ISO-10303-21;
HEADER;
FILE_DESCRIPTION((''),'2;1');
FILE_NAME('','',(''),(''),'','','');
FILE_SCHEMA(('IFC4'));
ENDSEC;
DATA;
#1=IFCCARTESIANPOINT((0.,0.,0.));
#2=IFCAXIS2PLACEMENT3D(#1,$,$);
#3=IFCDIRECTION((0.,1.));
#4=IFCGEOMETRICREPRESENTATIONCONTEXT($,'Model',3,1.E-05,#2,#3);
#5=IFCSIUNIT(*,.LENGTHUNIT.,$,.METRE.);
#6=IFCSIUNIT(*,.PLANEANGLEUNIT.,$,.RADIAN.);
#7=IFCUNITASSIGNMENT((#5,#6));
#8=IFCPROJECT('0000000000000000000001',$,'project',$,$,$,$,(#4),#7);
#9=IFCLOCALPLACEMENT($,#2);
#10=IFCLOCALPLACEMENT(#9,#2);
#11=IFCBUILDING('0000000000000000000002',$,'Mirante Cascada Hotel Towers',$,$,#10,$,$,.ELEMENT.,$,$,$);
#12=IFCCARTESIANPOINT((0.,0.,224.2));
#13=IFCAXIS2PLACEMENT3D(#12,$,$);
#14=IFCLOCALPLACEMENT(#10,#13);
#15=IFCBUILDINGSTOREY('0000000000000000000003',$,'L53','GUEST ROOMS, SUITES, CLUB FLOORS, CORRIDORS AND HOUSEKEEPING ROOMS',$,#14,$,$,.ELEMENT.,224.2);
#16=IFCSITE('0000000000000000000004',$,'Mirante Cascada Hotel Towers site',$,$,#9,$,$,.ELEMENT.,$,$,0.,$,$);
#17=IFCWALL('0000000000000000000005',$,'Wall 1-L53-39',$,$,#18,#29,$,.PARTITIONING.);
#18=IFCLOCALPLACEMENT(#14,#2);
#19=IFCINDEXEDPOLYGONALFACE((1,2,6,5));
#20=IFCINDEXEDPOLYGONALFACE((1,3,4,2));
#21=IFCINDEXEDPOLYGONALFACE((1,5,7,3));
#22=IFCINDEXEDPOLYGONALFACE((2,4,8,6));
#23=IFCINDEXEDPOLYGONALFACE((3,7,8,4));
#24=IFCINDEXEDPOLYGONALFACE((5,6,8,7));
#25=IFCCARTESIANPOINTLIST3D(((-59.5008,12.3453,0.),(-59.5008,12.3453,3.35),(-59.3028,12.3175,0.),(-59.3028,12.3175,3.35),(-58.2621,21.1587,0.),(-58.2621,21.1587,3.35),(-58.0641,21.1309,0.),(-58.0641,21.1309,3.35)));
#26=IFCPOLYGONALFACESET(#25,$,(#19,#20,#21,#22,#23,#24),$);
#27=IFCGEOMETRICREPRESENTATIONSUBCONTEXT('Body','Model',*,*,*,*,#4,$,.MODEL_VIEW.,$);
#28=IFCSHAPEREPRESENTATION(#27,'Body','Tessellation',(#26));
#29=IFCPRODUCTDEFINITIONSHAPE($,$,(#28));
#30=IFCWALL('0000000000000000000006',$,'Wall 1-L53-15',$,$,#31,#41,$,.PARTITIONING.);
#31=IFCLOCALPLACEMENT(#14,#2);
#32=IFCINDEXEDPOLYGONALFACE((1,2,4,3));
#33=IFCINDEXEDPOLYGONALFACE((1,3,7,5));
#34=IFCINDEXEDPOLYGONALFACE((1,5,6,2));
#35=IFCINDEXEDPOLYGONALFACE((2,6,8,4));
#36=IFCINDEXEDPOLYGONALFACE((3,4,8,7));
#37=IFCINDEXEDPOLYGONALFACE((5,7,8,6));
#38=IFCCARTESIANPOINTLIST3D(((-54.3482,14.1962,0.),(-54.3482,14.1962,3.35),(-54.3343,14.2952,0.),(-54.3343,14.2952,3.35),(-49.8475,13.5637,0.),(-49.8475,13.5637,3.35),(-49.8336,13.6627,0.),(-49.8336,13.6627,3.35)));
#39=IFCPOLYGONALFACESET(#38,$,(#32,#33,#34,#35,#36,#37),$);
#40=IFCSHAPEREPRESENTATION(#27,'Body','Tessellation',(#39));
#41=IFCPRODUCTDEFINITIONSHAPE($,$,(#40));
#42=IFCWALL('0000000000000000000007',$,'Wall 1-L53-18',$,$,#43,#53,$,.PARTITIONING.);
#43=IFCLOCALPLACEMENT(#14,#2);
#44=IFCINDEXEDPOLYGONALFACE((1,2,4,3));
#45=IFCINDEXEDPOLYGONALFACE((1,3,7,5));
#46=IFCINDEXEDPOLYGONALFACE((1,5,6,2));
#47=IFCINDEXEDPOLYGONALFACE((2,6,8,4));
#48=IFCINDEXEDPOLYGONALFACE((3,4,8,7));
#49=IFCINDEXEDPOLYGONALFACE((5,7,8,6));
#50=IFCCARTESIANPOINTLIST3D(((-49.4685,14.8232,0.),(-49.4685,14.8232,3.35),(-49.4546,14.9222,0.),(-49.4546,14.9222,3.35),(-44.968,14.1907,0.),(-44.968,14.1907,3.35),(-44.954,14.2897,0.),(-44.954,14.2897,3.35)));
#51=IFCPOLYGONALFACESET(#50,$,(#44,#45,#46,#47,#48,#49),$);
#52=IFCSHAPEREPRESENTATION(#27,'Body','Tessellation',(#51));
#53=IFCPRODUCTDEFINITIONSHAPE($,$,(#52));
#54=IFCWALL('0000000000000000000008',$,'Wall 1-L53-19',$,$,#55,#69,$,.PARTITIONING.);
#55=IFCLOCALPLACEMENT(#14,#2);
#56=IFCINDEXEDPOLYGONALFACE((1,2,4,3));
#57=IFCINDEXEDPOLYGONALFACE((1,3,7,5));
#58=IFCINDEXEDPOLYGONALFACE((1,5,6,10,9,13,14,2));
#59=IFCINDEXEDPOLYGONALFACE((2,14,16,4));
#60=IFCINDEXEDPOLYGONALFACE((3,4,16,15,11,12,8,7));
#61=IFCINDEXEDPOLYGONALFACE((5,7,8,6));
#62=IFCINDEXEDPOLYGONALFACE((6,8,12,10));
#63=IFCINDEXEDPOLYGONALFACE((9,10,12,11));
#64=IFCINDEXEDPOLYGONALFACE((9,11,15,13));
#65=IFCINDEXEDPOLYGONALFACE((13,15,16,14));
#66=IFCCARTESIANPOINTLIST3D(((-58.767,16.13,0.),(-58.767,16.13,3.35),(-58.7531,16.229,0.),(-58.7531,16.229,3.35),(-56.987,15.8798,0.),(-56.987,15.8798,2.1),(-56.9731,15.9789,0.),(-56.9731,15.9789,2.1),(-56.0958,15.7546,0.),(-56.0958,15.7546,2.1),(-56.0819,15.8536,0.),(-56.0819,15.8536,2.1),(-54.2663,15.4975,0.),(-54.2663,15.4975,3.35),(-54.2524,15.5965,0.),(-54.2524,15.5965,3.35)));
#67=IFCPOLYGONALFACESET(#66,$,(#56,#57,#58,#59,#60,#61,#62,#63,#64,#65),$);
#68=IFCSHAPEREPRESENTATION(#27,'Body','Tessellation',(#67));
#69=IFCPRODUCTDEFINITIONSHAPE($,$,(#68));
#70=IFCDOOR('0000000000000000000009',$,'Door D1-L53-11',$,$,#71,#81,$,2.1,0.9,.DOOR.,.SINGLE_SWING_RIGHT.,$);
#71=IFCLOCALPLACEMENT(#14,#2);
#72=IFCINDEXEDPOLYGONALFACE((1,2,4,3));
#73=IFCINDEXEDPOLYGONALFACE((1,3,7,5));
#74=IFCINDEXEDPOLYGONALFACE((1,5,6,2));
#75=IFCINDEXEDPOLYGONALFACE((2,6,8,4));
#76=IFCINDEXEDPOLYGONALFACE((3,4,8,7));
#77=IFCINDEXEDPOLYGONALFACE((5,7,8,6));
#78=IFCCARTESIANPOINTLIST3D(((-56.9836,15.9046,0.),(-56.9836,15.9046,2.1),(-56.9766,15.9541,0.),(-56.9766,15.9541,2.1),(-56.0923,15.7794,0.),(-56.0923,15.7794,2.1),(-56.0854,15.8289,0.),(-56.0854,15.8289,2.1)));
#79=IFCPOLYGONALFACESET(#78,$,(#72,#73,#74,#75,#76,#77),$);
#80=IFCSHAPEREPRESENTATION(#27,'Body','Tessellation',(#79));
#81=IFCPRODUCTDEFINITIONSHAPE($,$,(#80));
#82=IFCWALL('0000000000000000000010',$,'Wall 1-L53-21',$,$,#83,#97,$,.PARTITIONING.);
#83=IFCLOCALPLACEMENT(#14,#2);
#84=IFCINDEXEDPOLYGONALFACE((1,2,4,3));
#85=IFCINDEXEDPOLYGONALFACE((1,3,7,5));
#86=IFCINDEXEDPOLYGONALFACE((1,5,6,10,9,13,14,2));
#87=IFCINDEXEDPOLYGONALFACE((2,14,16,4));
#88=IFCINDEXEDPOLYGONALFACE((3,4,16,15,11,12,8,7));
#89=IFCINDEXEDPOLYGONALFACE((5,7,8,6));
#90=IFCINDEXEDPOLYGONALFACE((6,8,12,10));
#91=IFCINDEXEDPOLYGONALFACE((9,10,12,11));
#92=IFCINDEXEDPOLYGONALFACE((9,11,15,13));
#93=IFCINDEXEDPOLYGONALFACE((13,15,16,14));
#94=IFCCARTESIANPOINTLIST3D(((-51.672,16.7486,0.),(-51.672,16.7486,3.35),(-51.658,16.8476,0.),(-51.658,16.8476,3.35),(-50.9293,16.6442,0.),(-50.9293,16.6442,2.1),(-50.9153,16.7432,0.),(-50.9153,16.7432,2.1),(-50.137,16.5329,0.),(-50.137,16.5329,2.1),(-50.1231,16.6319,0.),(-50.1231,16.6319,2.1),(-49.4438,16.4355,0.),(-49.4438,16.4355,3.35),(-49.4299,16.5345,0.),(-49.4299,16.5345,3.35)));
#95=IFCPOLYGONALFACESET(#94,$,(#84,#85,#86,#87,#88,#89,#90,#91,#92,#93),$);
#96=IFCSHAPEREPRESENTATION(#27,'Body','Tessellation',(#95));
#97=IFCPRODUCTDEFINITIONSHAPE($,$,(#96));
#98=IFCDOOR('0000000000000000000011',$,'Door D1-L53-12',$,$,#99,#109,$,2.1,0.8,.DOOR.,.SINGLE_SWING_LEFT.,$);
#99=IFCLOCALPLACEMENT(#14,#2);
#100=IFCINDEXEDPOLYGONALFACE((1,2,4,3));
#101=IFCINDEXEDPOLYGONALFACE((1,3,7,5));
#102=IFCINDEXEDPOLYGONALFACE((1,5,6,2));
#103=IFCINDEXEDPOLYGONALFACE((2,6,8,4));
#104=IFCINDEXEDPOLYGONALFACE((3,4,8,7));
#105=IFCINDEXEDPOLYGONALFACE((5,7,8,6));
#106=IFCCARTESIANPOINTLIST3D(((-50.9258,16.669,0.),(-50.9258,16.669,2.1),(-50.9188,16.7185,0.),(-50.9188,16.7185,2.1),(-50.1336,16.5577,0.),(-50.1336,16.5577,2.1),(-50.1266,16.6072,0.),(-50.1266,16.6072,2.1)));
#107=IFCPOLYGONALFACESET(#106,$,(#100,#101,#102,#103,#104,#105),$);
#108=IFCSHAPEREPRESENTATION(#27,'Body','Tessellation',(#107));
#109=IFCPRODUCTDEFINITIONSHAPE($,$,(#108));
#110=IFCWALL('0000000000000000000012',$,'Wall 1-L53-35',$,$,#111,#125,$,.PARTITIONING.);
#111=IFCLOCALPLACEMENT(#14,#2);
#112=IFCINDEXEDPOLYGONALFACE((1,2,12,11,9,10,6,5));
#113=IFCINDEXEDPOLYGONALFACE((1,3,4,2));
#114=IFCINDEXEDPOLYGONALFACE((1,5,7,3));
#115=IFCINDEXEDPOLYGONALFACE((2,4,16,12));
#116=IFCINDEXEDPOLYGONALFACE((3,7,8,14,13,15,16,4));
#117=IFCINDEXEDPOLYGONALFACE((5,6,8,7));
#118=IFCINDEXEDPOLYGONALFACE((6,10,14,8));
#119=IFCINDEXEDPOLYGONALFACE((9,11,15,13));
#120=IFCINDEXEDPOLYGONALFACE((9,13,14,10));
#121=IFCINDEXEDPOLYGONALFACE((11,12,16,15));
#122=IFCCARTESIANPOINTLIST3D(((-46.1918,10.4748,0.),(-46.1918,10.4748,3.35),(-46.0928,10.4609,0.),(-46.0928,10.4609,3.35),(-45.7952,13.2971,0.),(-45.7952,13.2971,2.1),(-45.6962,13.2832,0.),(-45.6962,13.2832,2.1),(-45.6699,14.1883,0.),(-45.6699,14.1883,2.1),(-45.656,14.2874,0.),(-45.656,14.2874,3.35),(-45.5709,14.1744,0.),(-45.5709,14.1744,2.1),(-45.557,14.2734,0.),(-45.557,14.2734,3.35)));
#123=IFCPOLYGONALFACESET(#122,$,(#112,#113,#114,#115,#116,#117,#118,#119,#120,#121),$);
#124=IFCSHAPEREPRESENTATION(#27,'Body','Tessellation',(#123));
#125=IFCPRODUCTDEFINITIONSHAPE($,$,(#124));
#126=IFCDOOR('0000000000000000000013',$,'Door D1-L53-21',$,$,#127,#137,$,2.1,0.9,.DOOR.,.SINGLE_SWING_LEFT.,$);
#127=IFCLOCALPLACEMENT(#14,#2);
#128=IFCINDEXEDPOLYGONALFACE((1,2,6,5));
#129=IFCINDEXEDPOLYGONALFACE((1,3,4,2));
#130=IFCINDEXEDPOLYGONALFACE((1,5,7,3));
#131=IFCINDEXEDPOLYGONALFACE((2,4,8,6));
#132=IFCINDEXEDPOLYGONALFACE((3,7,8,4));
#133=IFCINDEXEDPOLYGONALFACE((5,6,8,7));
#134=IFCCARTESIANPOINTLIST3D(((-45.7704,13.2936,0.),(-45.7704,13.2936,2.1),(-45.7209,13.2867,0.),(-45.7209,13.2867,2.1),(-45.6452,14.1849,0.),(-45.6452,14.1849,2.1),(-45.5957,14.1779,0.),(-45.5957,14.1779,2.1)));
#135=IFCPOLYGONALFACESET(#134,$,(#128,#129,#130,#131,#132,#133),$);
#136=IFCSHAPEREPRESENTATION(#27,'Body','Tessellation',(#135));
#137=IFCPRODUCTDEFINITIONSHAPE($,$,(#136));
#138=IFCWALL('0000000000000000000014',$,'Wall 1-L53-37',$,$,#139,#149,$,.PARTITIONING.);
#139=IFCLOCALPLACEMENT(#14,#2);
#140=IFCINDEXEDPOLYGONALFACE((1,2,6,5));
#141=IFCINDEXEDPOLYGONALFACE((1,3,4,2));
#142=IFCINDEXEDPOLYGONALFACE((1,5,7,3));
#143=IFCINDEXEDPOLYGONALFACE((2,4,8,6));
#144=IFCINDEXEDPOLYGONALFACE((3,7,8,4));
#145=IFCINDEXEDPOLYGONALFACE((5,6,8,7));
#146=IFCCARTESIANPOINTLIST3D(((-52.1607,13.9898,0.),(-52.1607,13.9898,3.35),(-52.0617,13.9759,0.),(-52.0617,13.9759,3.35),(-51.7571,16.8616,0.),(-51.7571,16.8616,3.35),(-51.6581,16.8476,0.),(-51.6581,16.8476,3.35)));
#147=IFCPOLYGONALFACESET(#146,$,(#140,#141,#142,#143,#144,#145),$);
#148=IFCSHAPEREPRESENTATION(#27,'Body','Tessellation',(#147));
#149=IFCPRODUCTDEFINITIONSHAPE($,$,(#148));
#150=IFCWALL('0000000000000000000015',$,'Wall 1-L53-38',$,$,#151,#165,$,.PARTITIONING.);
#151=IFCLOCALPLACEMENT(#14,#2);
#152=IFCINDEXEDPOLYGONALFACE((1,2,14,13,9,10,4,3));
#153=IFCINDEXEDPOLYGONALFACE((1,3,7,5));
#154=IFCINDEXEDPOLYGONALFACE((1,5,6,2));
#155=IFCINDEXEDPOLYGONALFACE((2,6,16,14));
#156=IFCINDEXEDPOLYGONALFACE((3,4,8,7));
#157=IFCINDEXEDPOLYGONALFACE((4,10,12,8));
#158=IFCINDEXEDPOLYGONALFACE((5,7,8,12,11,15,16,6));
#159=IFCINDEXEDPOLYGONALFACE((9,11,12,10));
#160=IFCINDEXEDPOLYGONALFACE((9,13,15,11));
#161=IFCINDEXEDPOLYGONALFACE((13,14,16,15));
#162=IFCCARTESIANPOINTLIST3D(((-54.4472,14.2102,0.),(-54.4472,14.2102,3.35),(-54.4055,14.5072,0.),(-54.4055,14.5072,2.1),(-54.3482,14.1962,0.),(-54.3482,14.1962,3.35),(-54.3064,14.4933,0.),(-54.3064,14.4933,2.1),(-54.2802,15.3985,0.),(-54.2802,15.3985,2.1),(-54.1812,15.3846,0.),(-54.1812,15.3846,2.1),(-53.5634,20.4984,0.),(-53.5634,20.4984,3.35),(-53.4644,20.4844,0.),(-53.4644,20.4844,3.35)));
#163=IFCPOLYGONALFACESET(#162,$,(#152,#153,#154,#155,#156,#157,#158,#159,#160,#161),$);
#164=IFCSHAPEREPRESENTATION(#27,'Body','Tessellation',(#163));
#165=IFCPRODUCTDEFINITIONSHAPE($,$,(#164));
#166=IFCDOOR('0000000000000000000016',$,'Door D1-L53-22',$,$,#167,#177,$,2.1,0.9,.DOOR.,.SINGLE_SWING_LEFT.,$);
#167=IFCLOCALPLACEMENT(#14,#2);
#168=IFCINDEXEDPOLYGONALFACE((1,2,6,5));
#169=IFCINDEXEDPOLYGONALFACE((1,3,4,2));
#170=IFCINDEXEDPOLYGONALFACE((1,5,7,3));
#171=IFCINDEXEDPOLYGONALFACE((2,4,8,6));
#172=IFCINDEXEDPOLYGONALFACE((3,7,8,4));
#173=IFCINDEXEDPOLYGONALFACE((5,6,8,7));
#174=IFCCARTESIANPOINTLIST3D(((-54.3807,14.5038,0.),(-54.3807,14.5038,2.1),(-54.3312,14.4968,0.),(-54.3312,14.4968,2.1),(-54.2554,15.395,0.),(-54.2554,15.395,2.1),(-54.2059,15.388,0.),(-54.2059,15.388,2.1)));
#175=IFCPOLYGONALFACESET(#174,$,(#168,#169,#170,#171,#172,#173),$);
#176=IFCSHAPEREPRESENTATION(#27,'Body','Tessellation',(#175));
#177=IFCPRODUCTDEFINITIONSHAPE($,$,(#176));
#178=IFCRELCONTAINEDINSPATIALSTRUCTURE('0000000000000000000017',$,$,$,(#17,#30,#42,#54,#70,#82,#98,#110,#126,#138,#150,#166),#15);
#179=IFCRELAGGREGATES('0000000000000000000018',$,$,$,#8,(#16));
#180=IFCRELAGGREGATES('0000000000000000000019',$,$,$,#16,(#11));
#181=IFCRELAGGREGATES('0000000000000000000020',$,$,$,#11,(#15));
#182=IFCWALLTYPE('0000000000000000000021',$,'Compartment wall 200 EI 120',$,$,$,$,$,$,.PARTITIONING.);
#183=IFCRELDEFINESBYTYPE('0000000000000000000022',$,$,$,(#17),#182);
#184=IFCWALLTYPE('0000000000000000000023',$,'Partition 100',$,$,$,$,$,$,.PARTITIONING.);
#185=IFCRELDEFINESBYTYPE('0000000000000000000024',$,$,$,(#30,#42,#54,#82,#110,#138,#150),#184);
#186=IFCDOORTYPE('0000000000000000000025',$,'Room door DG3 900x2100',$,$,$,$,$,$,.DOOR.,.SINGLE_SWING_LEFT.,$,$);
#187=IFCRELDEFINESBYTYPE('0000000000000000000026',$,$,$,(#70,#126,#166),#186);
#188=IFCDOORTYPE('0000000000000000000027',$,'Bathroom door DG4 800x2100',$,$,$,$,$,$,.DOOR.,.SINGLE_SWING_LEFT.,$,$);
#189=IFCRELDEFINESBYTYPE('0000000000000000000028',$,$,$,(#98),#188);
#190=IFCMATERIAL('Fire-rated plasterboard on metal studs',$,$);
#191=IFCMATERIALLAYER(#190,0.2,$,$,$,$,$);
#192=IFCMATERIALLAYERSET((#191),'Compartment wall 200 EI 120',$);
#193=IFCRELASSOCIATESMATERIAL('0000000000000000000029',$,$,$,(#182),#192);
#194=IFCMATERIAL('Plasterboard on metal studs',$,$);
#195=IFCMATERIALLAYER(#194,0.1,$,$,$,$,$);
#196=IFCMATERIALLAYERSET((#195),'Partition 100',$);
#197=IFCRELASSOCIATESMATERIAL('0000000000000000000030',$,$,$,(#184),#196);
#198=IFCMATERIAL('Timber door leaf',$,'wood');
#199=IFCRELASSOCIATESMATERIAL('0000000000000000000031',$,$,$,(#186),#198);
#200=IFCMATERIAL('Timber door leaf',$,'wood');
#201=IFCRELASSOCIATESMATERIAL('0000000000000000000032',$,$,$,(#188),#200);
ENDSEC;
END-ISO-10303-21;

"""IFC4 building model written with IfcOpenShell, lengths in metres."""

from ifc_helpers import new_model, si_unit, direction, frame, frame_2d, origin, place, context, subcontext, project, spatial, rectangle, extrude, material, layer, layer_set, type_object, element, fill, save


model = new_model("IFC4")

# Units and contexts
model_context = context("Model", 3, precision=1e-05, world=origin(), true_north=direction((0.0, 1.0)))
body_context = subcontext(model_context, "Body", "Model", "MODEL_VIEW")
ifc_project = project(units=[si_unit("LENGTHUNIT", "METRE"), si_unit("PLANEANGLEUNIT", "RADIAN")], contexts=[model_context])

# Site, building, storey
site_placement = place(None, origin())
site = spatial("IfcSite", under=ifc_project, at=site_placement, Name="Mirante Cascada Hotel Towers site", CompositionType="ELEMENT", RefElevation=0.0)
building_placement = place(site_placement, origin())
building = spatial("IfcBuilding", under=site, at=building_placement, Name="Mirante Cascada Hotel Towers", CompositionType="ELEMENT")
storey_placement = place(building_placement, frame((0.0, 0.0, 224.2)))
storey = spatial("IfcBuildingStorey", under=building, at=storey_placement, Name="L53", Description="GUEST ROOMS, SUITES, CLUB FLOORS, CORRIDORS AND HOUSEKEEPING ROOMS", CompositionType="ELEMENT", Elevation=224.2)

# Walls
ifc_material_1 = material(Name="Fire-rated plasterboard on metal studs")
ifc_layer_1 = layer(ifc_material_1, 0.2)
ifc_layer_set_1 = layer_set([ifc_layer_1], Name="Compartment wall 200 EI 120")
wall_type_1 = type_object("IfcWallType", Name="Compartment wall 200 EI 120", PredefinedType="PARTITIONING", material=ifc_layer_set_1)
for number, where, z_axis, x_axis, name in (
    (1, (-58.1631, 21.1448, 0.0), (0.0, 0.0, 1.0), (-0.139179, -0.990267, 0.0), "Wall 1-L53-39"),
):
    element("IfcWall", number, at=place(storey_placement, frame(where, z_axis=z_axis, x_axis=x_axis)), inside=storey, type_object=wall_type_1, Name=name, PredefinedType="PARTITIONING", context=body_context, shape_type="SweptSolid", body=[
        extrude(rectangle(XDim=8.9, YDim=0.2, at=frame_2d((4.45, 0.0))), origin(), (0.0, 0.0, 1.0), 3.35),
    ])
ifc_material_2 = material(Name="Plasterboard on metal studs")
ifc_layer_2 = layer(ifc_material_2, 0.1)
ifc_layer_set_2 = layer_set([ifc_layer_2], Name="Partition 100")
wall_type_2 = type_object("IfcWallType", Name="Partition 100", PredefinedType="PARTITIONING", material=ifc_layer_set_2)
wall_1_placement = place(storey_placement, frame((-54.3412, 14.2457, 0.0), z_axis=(0.0, 0.0, 1.0), x_axis=(0.990269, -0.139166, 0.0)))
element("IfcWall", 2, at=wall_1_placement, inside=storey, type_object=wall_type_2, Name="Wall 1-L53-15", PredefinedType="PARTITIONING", context=body_context, shape_type="SweptSolid", body=[
    extrude(rectangle(XDim=4.5449, YDim=0.1, at=frame_2d((2.2724, 0.0))), origin(), (0.0, 0.0, 1.0), 3.35),
])
wall_2_placement = place(storey_placement, frame((-44.961, 14.2402, 0.0), z_axis=(0.0, 0.0, 1.0), x_axis=(-0.990269, 0.139169, 0.0)))
element("IfcWall", 3, at=wall_2_placement, inside=storey, type_object=wall_type_2, Name="Wall 1-L53-18", PredefinedType="PARTITIONING", context=body_context, shape_type="SweptSolid", body=[
    extrude(rectangle(XDim=4.5448, YDim=0.1, at=frame_2d((2.2724, 0.0))), origin(), (0.0, 0.0, 1.0), 3.35),
])

# Walls, openings, doors
wall_3_placement = place(storey_placement, frame((-58.76, 16.1795, 0.0), z_axis=(0.0, 0.0, 1.0), x_axis=(0.990269, -0.139166, 0.0)))
wall_3 = element("IfcWall", 4, at=wall_3_placement, inside=storey, type_object=wall_type_2, Name="Wall 1-L53-19", PredefinedType="PARTITIONING", context=body_context, shape_type="SweptSolid", body=[
    extrude(rectangle(XDim=4.5449, YDim=0.1, at=frame_2d((2.2724, 0.0))), origin(), (0.0, 0.0, 1.0), 3.35),
])
opening_1_placement = place(wall_3_placement, frame((1.7974, 0.0, 0.0)))
opening_1 = element("IfcOpeningElement", 5, at=opening_1_placement, cuts=wall_3, PredefinedType="OPENING", context=body_context, shape_type="SweptSolid", body=[
    extrude(rectangle(XDim=0.9, YDim=2.1, at=frame_2d((0.45, 1.05))), frame((0.0, 0.05, 0.0), z_axis=(0.0, -1.0, 0.0), x_axis=(1.0, 0.0, 0.0)), (0.0, 0.0, 1.0), 0.1),
])
ifc_material_3 = material(Name="Timber door leaf", Category="wood")
door_type_1 = type_object("IfcDoorType", Name="Room door DG3 900x2100", OperationType="SINGLE_SWING_LEFT", PredefinedType="DOOR", material=ifc_material_3)
door_1_placement = place(opening_1_placement, frame((0.9, 0.0, 0.0), z_axis=(0.0, 0.0, 1.0), x_axis=(-1.0, 0.0, 0.0)))
door_1 = element("IfcDoor", 6, at=door_1_placement, inside=storey, type_object=door_type_1, Name="Door D1-L53-11", OperationType="SINGLE_SWING_RIGHT", OverallHeight=2.1, OverallWidth=0.9, PredefinedType="DOOR", context=body_context, shape_type="SweptSolid", body=[
    extrude(rectangle(XDim=0.9, YDim=2.1, at=frame_2d((0.45, 1.05))), frame((0.0, 0.025, 0.0), z_axis=(0.0, -1.0, 0.0), x_axis=(1.0, 0.0, 0.0)), (0.0, 0.0, 1.0), 0.05),
])
fill(opening_1, door_1)
wall_4_placement = place(storey_placement, frame((-51.665, 16.7981, 0.0), z_axis=(0.0, 0.0, 1.0), x_axis=(0.990271, -0.139156, 0.0)))
wall_4 = element("IfcWall", 7, at=wall_4_placement, inside=storey, type_object=wall_type_2, Name="Wall 1-L53-21", PredefinedType="PARTITIONING", context=body_context, shape_type="SweptSolid", body=[
    extrude(rectangle(XDim=2.25, YDim=0.1, at=frame_2d((1.125, 0.0))), origin(), (0.0, 0.0, 1.0), 3.35),
])
opening_2_placement = place(wall_4_placement, frame((0.75, 0.0, 0.0)))
opening_2 = element("IfcOpeningElement", 8, at=opening_2_placement, cuts=wall_4, PredefinedType="OPENING", context=body_context, shape_type="SweptSolid", body=[
    extrude(rectangle(XDim=0.8, YDim=2.1, at=frame_2d((0.4, 1.05))), frame((0.0, 0.05, 0.0), z_axis=(0.0, -1.0, 0.0), x_axis=(1.0, 0.0, 0.0)), (0.0, 0.0, 1.0), 0.1),
])
ifc_material_4 = material(Name="Timber door leaf", Category="wood")
door_type_2 = type_object("IfcDoorType", Name="Bathroom door DG4 800x2100", OperationType="SINGLE_SWING_LEFT", PredefinedType="DOOR", material=ifc_material_4)
door_2_placement = place(opening_2_placement, origin())
door_2 = element("IfcDoor", 9, at=door_2_placement, inside=storey, type_object=door_type_2, Name="Door D1-L53-12", OperationType="SINGLE_SWING_LEFT", OverallHeight=2.1, OverallWidth=0.8, PredefinedType="DOOR", context=body_context, shape_type="SweptSolid", body=[
    extrude(rectangle(XDim=0.8, YDim=2.1, at=frame_2d((0.4, 1.05))), frame((0.0, 0.025, 0.0), z_axis=(0.0, -1.0, 0.0), x_axis=(1.0, 0.0, 0.0)), (0.0, 0.0, 1.0), 0.05),
])
fill(opening_2, door_2)
wall_5_placement = place(storey_placement, frame((-45.6065, 14.2804, 0.0), z_axis=(0.0, 0.0, 1.0), x_axis=(-0.13917, -0.990268, 0.0)))
wall_5 = element("IfcWall", 10, at=wall_5_placement, inside=storey, type_object=wall_type_2, Name="Wall 1-L53-35", PredefinedType="PARTITIONING", context=body_context, shape_type="SweptSolid", body=[
    extrude(rectangle(XDim=3.85, YDim=0.1, at=frame_2d((1.925, 0.0))), origin(), (0.0, 0.0, 1.0), 3.35),
])
opening_3_placement = place(wall_5_placement, frame((0.1, 0.0, 0.0)))
opening_3 = element("IfcOpeningElement", 11, at=opening_3_placement, cuts=wall_5, PredefinedType="OPENING", context=body_context, shape_type="SweptSolid", body=[
    extrude(rectangle(XDim=0.9, YDim=2.1, at=frame_2d((0.45, 1.05))), frame((0.0, 0.05, 0.0), z_axis=(0.0, -1.0, 0.0), x_axis=(1.0, 0.0, 0.0)), (0.0, 0.0, 1.0), 0.1),
])
door_3_placement = place(opening_3_placement, origin())
door_3 = element("IfcDoor", 12, at=door_3_placement, inside=storey, type_object=door_type_1, Name="Door D1-L53-21", OperationType="SINGLE_SWING_LEFT", OverallHeight=2.1, OverallWidth=0.9, PredefinedType="DOOR", context=body_context, shape_type="SweptSolid", body=[
    extrude(rectangle(XDim=0.9, YDim=2.1, at=frame_2d((0.45, 1.05))), frame((0.0, 0.025, 0.0), z_axis=(0.0, -1.0, 0.0), x_axis=(1.0, 0.0, 0.0)), (0.0, 0.0, 1.0), 0.05),
])
fill(opening_3, door_3)

# Wall
wall_6_placement = place(storey_placement, frame((-51.7076, 16.8546, 0.0), z_axis=(0.0, 0.0, 1.0), x_axis=(-0.139171, -0.990268, 0.0)))
element("IfcWall", 13, at=wall_6_placement, inside=storey, type_object=wall_type_2, Name="Wall 1-L53-37", PredefinedType="PARTITIONING", context=body_context, shape_type="SweptSolid", body=[
    extrude(rectangle(XDim=2.9, YDim=0.1, at=frame_2d((1.45, 0.0))), origin(), (0.0, 0.0, 1.0), 3.35),
])

# Wall, opening, door
wall_7_placement = place(storey_placement, frame((-54.3977, 14.2032, 0.0), z_axis=(0.0, 0.0, 1.0), x_axis=(0.139181, 0.990267, 0.0)))
wall_7 = element("IfcWall", 14, at=wall_7_placement, inside=storey, type_object=wall_type_2, Name="Wall 1-L53-38", PredefinedType="PARTITIONING", context=body_context, shape_type="SweptSolid", body=[
    extrude(rectangle(XDim=6.35, YDim=0.1, at=frame_2d((3.175, 0.0))), origin(), (0.0, 0.0, 1.0), 3.35),
])
opening_4_placement = place(wall_7_placement, frame((0.3, 0.0, 0.0)))
opening_4 = element("IfcOpeningElement", 15, at=opening_4_placement, cuts=wall_7, PredefinedType="OPENING", context=body_context, shape_type="SweptSolid", body=[
    extrude(rectangle(XDim=0.9, YDim=2.1, at=frame_2d((0.45, 1.05))), frame((0.0, 0.05, 0.0), z_axis=(0.0, -1.0, 0.0), x_axis=(1.0, 0.0, 0.0)), (0.0, 0.0, 1.0), 0.1),
])
door_4_placement = place(opening_4_placement, origin())
door_4 = element("IfcDoor", 16, at=door_4_placement, inside=storey, type_object=door_type_1, Name="Door D1-L53-22", OperationType="SINGLE_SWING_LEFT", OverallHeight=2.1, OverallWidth=0.9, PredefinedType="DOOR", context=body_context, shape_type="SweptSolid", body=[
    extrude(rectangle(XDim=0.9, YDim=2.1, at=frame_2d((0.45, 1.05))), frame((0.0, 0.025, 0.0), z_axis=(0.0, -1.0, 0.0), x_axis=(1.0, 0.0, 0.0)), (0.0, 0.0, 1.0), 0.05),
])
fill(opening_4, door_4)

save(model, "model.ifc")
